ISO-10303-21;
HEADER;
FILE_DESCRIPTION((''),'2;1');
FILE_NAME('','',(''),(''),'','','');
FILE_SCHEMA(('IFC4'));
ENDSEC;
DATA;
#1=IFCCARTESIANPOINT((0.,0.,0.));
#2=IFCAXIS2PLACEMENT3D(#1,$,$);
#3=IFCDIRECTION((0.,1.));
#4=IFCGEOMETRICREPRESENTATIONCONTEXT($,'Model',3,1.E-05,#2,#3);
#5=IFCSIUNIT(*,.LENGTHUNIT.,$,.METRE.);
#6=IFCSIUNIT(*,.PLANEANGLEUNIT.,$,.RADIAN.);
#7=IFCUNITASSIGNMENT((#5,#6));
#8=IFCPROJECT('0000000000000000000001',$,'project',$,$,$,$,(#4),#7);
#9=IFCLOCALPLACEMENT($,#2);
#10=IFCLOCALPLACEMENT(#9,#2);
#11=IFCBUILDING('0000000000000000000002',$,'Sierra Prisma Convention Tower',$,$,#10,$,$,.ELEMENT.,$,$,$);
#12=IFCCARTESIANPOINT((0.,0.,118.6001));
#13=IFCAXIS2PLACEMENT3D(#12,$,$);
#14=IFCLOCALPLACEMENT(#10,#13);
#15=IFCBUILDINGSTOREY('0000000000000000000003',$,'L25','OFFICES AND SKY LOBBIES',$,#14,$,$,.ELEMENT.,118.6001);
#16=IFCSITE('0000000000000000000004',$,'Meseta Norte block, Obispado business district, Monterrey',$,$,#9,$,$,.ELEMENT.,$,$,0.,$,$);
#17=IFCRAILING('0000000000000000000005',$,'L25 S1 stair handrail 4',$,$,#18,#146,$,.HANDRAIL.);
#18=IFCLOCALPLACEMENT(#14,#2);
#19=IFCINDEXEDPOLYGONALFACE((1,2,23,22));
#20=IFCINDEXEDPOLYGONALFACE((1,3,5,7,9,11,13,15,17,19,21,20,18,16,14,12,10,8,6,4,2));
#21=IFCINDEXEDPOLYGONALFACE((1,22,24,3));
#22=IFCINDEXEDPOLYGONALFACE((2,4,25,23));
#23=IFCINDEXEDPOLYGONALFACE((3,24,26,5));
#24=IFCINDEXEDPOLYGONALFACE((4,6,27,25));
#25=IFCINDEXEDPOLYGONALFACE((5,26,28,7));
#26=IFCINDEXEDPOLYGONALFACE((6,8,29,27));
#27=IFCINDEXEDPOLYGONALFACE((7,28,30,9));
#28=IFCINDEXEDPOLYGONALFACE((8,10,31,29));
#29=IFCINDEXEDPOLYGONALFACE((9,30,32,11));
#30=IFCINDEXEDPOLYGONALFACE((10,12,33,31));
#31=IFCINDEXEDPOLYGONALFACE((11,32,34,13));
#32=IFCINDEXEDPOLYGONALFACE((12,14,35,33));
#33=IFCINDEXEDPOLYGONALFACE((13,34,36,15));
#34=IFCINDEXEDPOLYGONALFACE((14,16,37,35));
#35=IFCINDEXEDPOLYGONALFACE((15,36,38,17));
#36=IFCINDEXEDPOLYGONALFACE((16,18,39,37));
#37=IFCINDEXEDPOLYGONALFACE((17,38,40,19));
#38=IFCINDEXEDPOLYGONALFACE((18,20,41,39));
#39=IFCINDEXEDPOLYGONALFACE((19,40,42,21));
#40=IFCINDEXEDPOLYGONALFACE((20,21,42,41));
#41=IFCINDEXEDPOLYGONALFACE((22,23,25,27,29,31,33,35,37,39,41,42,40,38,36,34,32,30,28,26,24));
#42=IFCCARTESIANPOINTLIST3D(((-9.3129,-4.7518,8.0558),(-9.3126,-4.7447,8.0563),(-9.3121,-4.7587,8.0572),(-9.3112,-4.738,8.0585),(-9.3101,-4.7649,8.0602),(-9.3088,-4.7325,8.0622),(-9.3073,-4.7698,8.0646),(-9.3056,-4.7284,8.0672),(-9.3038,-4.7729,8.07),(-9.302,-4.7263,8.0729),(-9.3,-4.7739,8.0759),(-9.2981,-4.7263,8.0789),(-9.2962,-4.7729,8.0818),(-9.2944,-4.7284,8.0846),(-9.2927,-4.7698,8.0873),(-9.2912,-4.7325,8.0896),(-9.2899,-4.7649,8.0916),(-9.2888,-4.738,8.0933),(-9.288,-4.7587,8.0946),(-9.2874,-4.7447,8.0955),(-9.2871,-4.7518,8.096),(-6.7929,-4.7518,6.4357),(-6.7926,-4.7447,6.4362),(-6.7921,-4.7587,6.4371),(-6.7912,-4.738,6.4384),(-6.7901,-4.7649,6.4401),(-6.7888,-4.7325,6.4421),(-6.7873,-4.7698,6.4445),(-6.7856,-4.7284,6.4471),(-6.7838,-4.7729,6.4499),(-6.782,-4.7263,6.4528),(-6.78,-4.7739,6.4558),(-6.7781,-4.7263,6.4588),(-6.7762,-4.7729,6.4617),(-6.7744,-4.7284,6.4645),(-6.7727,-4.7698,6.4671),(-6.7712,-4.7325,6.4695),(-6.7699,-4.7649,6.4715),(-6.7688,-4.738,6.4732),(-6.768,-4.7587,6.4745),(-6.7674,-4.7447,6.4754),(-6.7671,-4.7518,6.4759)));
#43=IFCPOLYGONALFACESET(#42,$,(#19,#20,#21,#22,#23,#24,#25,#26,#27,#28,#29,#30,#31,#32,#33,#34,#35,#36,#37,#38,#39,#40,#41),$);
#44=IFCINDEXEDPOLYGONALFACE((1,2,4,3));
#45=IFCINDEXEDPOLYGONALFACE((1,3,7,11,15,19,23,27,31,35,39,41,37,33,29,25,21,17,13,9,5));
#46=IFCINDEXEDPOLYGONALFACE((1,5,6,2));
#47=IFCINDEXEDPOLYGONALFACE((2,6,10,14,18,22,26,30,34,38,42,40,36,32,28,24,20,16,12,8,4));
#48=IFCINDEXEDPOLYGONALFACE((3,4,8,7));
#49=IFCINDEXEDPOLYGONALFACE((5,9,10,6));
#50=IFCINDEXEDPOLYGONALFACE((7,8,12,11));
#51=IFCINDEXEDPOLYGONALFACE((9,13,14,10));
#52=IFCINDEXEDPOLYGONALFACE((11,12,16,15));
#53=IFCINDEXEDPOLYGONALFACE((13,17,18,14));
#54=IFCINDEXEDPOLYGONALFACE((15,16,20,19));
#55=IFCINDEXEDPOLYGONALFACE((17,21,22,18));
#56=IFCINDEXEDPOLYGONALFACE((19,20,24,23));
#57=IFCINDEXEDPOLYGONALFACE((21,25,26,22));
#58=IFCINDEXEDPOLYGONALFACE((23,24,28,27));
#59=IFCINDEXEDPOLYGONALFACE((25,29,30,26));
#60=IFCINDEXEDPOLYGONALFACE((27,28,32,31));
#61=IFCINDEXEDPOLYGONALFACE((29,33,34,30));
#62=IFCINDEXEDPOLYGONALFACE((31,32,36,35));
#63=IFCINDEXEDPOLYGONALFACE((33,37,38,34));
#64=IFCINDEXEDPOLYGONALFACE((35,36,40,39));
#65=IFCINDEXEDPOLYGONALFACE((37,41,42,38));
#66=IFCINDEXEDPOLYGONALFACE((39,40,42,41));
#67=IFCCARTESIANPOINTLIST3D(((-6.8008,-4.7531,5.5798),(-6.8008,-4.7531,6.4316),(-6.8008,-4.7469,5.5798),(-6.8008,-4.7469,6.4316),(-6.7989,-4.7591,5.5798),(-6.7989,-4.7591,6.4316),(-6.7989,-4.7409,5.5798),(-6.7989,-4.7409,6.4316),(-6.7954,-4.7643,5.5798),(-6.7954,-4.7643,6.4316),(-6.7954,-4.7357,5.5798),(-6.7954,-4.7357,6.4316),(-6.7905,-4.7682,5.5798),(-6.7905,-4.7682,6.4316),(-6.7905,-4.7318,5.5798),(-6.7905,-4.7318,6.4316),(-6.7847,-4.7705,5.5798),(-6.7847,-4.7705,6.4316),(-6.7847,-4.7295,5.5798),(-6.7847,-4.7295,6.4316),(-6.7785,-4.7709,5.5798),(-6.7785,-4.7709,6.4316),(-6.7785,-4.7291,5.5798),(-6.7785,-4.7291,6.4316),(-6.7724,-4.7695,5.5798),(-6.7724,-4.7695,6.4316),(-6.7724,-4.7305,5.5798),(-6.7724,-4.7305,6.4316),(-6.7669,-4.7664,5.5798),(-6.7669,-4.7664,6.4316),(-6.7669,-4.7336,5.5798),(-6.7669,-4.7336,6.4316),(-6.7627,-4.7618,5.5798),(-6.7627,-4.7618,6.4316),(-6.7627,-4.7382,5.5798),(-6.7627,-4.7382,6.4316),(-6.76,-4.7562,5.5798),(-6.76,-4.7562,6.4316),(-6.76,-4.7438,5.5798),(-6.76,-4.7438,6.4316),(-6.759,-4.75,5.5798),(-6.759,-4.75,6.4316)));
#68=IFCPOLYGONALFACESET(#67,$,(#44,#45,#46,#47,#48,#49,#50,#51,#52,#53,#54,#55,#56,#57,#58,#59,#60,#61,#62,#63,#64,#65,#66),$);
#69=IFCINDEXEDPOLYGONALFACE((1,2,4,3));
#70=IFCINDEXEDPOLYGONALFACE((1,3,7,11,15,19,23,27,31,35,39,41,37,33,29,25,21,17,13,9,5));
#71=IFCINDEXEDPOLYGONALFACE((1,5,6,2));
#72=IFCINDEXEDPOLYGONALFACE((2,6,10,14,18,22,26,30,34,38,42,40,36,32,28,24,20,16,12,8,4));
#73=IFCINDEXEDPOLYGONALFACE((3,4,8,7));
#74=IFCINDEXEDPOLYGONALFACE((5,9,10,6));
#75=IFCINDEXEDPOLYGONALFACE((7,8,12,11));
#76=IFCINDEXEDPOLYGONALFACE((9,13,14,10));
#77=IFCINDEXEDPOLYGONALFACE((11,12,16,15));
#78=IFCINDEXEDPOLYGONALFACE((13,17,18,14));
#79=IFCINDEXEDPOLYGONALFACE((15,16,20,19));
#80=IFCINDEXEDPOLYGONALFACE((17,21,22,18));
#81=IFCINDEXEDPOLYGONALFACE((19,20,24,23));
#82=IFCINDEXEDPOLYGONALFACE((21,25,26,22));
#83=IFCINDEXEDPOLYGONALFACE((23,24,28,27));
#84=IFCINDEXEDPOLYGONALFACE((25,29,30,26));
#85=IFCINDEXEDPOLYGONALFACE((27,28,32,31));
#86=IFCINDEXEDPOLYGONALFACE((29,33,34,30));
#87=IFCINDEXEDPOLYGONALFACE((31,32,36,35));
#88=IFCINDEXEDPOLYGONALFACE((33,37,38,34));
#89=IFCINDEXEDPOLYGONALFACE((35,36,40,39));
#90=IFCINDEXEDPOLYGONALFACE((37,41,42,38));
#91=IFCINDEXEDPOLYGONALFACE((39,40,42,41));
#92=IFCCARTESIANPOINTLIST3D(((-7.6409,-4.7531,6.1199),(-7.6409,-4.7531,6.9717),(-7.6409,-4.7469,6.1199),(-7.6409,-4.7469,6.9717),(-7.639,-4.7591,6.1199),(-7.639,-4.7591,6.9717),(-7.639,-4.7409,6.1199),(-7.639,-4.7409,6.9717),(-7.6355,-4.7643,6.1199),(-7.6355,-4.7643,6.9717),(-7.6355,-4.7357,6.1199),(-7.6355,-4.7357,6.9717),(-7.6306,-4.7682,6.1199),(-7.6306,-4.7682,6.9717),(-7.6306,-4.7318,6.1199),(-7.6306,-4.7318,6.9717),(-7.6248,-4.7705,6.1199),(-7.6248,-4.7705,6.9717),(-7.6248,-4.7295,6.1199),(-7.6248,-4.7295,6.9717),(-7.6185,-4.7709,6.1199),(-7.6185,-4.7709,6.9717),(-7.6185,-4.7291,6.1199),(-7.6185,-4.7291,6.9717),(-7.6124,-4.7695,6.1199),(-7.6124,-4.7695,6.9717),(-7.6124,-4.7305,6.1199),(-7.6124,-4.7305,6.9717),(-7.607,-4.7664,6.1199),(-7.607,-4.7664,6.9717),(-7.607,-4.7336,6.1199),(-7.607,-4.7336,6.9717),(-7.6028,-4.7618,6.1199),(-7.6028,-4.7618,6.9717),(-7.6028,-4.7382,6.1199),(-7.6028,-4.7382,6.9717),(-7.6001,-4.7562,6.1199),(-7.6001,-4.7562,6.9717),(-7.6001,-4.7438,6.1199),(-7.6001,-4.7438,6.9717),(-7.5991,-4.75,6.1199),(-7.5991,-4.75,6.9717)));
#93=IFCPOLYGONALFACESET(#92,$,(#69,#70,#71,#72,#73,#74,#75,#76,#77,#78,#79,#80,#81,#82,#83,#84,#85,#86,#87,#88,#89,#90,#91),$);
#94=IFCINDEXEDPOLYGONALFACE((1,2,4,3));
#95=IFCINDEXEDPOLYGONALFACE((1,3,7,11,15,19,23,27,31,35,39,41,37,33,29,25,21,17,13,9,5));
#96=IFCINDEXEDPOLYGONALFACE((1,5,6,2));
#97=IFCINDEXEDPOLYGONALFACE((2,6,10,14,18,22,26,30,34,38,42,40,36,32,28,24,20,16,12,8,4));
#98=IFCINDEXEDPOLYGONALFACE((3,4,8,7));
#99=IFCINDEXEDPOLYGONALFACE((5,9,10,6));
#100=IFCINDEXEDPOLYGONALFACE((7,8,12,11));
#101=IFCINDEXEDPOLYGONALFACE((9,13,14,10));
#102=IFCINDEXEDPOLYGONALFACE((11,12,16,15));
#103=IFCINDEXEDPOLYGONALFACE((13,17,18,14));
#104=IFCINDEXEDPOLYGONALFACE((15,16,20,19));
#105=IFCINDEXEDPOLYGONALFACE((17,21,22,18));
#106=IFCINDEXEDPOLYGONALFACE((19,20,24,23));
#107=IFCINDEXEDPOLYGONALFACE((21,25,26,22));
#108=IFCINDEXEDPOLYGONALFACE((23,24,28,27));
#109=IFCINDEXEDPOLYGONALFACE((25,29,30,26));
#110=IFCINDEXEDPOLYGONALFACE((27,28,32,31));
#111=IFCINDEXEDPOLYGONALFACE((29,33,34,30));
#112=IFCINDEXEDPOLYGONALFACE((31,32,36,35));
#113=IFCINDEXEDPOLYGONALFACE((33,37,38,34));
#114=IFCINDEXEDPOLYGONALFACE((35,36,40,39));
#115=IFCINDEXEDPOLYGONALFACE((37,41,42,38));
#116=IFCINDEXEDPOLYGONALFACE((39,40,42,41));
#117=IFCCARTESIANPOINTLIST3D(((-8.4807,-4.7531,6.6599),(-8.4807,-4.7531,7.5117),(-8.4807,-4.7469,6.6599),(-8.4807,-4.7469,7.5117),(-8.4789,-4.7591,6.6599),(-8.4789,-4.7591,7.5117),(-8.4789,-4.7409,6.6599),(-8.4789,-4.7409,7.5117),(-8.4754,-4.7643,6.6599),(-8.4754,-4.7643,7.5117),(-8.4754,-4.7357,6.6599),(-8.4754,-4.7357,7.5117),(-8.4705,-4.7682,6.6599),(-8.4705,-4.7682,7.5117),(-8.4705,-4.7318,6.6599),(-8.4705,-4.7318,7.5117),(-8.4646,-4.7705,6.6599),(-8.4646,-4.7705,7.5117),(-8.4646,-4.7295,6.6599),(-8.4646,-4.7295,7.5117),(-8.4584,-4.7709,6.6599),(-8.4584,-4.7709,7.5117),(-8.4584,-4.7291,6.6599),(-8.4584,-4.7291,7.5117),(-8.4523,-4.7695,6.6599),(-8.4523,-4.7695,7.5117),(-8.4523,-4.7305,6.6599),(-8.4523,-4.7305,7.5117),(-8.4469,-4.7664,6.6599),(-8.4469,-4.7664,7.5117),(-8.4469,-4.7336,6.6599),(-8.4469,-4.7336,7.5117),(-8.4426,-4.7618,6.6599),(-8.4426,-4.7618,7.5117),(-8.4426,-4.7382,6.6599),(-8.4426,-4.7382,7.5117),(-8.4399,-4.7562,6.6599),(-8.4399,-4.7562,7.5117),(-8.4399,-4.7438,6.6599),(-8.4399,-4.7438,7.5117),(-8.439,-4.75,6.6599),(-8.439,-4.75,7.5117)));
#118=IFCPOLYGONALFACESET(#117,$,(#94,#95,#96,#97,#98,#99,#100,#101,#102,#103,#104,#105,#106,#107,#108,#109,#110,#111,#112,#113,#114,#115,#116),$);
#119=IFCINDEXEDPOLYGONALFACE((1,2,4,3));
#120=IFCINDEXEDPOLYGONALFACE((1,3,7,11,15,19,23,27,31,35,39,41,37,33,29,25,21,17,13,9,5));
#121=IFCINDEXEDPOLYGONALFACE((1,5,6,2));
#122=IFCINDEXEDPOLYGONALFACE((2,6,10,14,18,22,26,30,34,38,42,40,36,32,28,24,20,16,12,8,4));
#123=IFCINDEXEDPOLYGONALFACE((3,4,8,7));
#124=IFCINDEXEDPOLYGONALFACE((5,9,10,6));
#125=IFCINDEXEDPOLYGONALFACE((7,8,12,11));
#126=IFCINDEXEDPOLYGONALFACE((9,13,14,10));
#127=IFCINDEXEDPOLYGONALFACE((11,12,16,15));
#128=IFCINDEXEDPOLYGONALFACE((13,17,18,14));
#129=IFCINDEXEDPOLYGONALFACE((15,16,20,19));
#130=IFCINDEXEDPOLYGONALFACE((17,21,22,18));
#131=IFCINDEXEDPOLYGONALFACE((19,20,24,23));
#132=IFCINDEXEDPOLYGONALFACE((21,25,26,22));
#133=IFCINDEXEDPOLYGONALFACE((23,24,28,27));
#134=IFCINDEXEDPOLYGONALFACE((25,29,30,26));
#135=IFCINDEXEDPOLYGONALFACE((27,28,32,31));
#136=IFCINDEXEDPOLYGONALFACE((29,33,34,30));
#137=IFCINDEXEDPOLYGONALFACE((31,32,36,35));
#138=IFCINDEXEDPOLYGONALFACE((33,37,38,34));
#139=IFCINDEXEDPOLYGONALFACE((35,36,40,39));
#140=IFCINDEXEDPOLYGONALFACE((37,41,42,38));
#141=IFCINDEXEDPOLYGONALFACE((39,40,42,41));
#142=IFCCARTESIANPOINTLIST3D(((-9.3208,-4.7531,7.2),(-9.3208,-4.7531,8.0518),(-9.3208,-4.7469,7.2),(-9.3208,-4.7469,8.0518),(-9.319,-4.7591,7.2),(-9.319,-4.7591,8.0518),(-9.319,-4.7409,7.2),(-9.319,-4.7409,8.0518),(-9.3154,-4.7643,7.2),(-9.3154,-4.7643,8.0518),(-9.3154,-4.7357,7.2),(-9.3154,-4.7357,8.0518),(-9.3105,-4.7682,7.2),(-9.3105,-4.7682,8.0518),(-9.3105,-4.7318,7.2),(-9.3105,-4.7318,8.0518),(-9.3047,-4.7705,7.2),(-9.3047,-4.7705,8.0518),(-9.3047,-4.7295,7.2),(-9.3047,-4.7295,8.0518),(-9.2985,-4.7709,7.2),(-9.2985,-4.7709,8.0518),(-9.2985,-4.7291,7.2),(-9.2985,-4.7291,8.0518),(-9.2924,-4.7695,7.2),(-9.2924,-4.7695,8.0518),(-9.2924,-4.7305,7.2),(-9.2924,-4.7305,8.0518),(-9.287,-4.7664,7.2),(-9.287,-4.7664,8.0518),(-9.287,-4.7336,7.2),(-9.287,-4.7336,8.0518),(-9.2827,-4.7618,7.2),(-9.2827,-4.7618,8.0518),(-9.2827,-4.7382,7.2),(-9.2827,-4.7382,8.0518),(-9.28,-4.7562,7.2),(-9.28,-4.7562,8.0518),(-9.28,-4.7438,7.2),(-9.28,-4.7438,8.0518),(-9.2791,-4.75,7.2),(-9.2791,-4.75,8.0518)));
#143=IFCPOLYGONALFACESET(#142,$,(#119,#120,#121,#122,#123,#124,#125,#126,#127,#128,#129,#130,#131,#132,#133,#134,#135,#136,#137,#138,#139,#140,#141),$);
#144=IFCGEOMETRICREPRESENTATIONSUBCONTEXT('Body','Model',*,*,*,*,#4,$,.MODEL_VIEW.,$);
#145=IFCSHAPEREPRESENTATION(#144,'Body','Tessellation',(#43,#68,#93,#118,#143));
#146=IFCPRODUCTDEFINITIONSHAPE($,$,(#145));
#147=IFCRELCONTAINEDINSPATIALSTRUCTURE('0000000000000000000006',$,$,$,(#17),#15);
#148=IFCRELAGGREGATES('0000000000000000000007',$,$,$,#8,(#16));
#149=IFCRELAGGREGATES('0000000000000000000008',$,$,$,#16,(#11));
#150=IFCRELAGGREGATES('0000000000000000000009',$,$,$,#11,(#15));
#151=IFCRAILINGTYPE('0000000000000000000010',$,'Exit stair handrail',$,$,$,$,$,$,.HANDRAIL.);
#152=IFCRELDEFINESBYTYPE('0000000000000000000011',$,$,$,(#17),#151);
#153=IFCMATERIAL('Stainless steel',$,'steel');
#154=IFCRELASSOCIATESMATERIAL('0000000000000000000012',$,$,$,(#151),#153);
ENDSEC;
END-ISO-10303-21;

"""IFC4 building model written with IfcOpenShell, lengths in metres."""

from ifc_helpers import new_model, si_unit, direction, frame, origin, origin_2d, place, context, subcontext, project, spatial, circle, extrude, material, type_object, element, save


model = new_model("IFC4")

# Units and contexts
model_context = context("Model", 3, precision=1e-05, world=origin(), true_north=direction((0.0, 1.0)))
body_context = subcontext(model_context, "Body", "Model", "MODEL_VIEW")
ifc_project = project(units=[si_unit("LENGTHUNIT", "METRE"), si_unit("PLANEANGLEUNIT", "RADIAN")], contexts=[model_context])

# Site, building, storey
site_placement = place(None, origin())
site = spatial("IfcSite", under=ifc_project, at=site_placement, Name="Meseta Norte block, Obispado business district, Monterrey", CompositionType="ELEMENT", RefElevation=0.0)
building_placement = place(site_placement, origin())
building = spatial("IfcBuilding", under=site, at=building_placement, Name="Sierra Prisma Convention Tower", CompositionType="ELEMENT")
storey_placement = place(building_placement, frame((0.0, 0.0, 118.6001)))
storey = spatial("IfcBuildingStorey", under=building, at=storey_placement, Name="L25", Description="OFFICES AND SKY LOBBIES", CompositionType="ELEMENT", Elevation=118.6001)

# Railing
ifc_material_1 = material(Name="Stainless steel", Category="steel")
railing_type_1 = type_object("IfcRailingType", Name="Exit stair handrail", PredefinedType="HANDRAIL", material=ifc_material_1)
railing_1_placement = place(storey_placement, frame((-6.78, -4.75, 5.5798)))
element("IfcRailing", 1, at=railing_1_placement, inside=storey, type_object=railing_type_1, Name="L25 S1 stair handrail 4", PredefinedType="HANDRAIL", context=body_context, shape_type="SweptSolid", body=[
    extrude(circle(Radius=0.0239, at=origin_2d()), frame((0.0, 0.0, 0.876), z_axis=(-0.841163, 0.0, 0.540782), x_axis=(0.0, -1.0, 0.0)), (0.0, 0.0, 1.0), 2.9958),
    extrude(circle(Radius=0.021, at=origin_2d()), origin(), (0.0, 0.0, 1.0), 0.8518),
    extrude(circle(Radius=0.021, at=origin_2d()), frame((-0.8401, 0.0, 0.54)), (0.0, 0.0, 1.0), 0.8518),
    extrude(circle(Radius=0.021, at=origin_2d()), frame((-1.6799, 0.0, 1.0801)), (0.0, 0.0, 1.0), 0.8518),
    extrude(circle(Radius=0.021, at=origin_2d()), frame((-2.52, 0.0, 1.6201)), (0.0, 0.0, 1.0), 0.8518),
])

save(model, "model.ifc")
